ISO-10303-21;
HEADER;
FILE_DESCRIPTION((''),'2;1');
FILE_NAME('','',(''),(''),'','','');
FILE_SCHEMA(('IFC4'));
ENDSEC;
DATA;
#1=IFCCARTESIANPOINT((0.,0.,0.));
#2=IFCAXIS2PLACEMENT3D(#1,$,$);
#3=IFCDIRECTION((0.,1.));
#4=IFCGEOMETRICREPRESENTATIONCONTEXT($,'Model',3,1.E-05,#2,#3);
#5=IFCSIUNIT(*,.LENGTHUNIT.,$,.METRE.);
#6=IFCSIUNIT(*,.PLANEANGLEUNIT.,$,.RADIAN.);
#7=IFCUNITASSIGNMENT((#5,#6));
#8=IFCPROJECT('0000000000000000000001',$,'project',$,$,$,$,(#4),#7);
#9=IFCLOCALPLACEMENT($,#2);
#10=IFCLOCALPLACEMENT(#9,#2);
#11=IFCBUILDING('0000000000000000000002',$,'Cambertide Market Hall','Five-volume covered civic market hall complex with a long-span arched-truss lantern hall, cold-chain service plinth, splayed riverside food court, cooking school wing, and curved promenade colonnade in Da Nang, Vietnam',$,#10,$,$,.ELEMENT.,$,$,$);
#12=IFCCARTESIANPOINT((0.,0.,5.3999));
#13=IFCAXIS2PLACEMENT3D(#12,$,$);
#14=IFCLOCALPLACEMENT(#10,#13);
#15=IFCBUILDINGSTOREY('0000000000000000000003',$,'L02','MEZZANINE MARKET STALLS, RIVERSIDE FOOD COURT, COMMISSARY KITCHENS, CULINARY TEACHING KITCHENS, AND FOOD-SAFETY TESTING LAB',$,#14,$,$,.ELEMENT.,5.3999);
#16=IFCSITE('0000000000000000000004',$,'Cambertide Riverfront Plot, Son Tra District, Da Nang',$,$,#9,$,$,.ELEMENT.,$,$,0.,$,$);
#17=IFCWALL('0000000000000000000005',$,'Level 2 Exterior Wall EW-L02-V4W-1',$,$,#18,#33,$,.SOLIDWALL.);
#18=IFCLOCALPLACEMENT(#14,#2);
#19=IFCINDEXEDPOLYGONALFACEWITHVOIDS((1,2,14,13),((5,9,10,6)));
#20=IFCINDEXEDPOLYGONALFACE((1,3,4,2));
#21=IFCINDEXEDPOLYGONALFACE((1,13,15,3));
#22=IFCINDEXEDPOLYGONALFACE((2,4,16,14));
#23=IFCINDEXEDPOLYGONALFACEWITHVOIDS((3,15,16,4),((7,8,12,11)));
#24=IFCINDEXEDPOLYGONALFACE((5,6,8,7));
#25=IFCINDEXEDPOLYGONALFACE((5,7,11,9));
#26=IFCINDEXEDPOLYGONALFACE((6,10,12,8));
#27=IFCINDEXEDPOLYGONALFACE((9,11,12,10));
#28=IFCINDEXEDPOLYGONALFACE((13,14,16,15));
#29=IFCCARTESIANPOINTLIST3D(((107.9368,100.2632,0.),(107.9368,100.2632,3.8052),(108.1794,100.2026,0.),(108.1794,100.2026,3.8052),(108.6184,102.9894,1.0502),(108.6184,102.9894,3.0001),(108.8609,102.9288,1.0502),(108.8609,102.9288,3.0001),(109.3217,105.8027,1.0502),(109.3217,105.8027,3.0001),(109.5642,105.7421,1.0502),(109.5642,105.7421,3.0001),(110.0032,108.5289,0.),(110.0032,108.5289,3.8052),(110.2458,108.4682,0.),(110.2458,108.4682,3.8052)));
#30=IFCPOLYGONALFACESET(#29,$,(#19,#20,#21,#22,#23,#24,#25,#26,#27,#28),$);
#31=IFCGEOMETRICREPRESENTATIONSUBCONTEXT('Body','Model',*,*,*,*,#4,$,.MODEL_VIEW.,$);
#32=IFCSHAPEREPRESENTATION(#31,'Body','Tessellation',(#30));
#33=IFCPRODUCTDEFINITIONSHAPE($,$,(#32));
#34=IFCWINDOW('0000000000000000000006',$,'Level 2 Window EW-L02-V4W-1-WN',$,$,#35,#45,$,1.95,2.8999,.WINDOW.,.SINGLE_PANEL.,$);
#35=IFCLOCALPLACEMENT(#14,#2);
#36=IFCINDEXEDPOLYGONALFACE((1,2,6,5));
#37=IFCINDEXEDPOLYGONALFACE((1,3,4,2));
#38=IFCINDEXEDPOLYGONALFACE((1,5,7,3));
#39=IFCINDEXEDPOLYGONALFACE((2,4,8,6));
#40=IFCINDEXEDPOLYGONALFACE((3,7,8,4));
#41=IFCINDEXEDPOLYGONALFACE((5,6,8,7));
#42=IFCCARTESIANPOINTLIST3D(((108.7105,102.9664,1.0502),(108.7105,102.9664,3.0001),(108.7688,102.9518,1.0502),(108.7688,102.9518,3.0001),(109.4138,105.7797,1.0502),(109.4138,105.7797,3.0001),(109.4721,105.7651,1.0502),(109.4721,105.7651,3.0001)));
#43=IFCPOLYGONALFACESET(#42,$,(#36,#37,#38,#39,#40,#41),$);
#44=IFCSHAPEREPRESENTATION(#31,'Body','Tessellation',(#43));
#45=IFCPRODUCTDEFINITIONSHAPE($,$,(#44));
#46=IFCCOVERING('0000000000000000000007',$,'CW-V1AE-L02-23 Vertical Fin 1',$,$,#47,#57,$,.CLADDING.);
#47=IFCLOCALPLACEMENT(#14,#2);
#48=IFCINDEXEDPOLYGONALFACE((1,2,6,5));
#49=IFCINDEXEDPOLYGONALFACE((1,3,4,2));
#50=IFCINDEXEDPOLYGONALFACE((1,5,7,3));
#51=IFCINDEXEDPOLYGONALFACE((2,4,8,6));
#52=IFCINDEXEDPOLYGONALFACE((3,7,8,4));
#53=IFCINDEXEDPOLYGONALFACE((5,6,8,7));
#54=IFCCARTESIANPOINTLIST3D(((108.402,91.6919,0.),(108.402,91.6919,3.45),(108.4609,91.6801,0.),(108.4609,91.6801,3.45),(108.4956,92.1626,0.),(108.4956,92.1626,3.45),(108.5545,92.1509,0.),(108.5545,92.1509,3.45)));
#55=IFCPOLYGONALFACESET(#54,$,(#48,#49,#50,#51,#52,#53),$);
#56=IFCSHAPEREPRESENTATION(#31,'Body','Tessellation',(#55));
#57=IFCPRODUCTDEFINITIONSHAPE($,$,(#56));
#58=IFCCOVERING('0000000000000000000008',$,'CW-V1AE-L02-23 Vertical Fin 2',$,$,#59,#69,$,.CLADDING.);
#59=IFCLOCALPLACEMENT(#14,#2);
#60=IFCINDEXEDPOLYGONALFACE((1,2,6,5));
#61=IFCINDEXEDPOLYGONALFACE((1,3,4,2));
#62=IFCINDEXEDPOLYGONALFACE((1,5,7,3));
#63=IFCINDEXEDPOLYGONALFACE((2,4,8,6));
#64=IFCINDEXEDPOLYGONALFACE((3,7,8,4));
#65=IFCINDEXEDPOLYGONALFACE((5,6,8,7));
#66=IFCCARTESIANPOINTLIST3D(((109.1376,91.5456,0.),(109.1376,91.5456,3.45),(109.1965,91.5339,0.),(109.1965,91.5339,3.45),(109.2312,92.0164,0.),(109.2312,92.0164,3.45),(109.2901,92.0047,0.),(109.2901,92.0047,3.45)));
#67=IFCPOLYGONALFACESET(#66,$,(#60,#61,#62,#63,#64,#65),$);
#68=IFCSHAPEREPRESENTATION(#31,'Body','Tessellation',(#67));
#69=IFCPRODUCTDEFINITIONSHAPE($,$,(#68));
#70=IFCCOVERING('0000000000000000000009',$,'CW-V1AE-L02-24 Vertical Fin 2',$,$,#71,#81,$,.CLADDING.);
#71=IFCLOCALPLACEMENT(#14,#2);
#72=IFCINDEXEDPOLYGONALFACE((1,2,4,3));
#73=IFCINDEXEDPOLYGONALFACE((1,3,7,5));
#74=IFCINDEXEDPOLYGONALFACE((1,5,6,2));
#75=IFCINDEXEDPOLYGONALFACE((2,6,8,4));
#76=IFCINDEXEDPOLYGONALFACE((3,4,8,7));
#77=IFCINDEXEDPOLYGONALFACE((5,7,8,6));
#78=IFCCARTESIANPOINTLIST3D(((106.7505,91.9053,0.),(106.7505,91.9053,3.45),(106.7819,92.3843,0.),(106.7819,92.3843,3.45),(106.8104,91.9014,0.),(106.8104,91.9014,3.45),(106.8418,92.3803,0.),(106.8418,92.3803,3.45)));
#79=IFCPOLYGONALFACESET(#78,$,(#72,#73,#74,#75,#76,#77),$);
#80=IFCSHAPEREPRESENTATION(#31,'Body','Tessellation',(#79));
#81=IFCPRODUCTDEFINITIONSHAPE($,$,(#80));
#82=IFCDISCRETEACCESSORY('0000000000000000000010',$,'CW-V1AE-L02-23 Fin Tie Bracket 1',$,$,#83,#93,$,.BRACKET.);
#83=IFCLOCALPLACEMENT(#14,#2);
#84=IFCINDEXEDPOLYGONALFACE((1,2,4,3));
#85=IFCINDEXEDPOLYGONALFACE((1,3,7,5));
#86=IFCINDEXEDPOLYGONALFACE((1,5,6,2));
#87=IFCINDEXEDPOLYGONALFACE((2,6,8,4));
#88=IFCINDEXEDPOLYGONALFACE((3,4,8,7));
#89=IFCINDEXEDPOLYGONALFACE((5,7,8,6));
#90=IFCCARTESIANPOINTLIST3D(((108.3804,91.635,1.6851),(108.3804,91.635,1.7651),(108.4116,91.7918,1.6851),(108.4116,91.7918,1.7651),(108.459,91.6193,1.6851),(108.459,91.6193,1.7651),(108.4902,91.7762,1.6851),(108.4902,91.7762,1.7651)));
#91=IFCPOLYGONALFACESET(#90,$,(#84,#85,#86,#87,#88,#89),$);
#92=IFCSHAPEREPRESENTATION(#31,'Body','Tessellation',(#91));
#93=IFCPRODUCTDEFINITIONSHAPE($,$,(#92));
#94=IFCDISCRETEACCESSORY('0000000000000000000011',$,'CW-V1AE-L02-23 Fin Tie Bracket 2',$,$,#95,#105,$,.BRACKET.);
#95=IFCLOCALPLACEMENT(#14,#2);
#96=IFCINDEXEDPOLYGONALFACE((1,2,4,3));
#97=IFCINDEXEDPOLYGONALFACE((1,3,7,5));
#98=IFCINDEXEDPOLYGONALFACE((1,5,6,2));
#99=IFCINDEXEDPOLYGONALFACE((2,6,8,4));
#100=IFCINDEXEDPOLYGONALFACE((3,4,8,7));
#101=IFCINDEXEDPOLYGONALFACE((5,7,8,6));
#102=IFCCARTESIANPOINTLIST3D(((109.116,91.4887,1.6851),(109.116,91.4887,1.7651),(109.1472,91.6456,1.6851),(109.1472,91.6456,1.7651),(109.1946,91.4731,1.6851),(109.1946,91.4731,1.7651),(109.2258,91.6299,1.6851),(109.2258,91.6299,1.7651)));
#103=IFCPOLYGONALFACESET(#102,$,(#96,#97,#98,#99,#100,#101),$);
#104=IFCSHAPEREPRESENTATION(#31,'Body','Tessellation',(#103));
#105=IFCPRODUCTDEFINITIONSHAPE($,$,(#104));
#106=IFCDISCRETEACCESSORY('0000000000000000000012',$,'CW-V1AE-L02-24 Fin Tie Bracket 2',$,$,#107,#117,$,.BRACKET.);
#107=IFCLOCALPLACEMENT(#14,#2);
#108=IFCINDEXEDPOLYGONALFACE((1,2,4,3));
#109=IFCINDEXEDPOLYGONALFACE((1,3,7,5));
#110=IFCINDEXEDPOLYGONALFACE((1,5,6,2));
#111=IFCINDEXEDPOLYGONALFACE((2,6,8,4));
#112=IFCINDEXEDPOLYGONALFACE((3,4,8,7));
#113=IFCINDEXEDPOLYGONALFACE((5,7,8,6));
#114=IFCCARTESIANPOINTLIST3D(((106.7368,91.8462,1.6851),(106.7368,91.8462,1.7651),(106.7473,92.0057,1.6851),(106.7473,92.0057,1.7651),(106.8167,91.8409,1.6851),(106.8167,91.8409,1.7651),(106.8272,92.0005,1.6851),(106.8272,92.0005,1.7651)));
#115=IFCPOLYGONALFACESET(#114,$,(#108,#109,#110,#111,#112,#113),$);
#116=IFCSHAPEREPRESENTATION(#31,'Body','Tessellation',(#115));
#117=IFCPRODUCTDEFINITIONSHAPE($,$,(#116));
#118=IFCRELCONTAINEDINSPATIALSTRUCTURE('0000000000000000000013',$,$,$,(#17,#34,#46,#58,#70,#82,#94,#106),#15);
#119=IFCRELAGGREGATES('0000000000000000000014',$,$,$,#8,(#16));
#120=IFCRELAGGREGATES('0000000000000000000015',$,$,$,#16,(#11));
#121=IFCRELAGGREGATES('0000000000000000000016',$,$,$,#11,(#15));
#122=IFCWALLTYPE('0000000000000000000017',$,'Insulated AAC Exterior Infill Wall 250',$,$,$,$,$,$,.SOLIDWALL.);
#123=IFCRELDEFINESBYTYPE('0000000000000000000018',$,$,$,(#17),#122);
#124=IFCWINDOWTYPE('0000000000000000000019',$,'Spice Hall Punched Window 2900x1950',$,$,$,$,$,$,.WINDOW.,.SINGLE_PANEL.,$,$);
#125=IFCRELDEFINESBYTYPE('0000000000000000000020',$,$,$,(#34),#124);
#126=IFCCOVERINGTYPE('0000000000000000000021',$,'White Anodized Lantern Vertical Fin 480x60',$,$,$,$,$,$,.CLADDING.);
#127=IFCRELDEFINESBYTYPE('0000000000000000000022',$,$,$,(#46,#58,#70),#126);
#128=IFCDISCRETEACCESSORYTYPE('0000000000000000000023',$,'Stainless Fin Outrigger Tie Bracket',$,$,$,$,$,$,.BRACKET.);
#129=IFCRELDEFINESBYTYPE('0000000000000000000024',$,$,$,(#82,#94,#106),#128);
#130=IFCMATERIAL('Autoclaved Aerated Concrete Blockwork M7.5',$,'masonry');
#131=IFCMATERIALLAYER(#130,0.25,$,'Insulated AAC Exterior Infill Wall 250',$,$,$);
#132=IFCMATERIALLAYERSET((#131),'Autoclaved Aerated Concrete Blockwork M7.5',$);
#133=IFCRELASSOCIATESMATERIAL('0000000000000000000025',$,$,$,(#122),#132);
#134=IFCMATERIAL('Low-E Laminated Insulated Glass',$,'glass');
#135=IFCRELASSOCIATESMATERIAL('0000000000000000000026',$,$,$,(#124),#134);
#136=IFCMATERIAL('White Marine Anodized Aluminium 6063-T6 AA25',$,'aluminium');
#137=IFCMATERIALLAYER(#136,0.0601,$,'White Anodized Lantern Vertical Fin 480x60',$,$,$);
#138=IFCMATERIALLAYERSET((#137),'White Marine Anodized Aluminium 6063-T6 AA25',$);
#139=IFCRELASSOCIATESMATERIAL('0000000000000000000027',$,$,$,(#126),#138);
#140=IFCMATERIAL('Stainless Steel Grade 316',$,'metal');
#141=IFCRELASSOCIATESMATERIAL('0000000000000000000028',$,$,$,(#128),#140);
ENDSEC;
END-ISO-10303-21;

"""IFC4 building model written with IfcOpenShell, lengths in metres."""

from ifc_helpers import new_model, si_unit, direction, frame, frame_2d, origin, origin_2d, place, context, subcontext, project, spatial, rectangle, extrude, material, layer, layer_set, type_object, element, fill, save


model = new_model("IFC4")

# Units and contexts
model_context = context("Model", 3, precision=1e-05, world=origin(), true_north=direction((0.0, 1.0)))
body_context = subcontext(model_context, "Body", "Model", "MODEL_VIEW")
ifc_project = project(units=[si_unit("LENGTHUNIT", "METRE"), si_unit("PLANEANGLEUNIT", "RADIAN")], contexts=[model_context])

# Site, building, storey
site_placement = place(None, origin())
site = spatial("IfcSite", under=ifc_project, at=site_placement, Name="Cambertide Riverfront Plot, Son Tra District, Da Nang", CompositionType="ELEMENT", RefElevation=0.0)
building_placement = place(site_placement, origin())
building = spatial("IfcBuilding", under=site, at=building_placement, Name="Cambertide Market Hall", Description="Five-volume covered civic market hall complex with a long-span arched-truss lantern hall, cold-chain service plinth, splayed riverside food court, cooking school wing, and curved promenade colonnade in Da Nang, Vietnam", CompositionType="ELEMENT")
storey_placement = place(building_placement, frame((0.0, 0.0, 5.3999)))
storey = spatial("IfcBuildingStorey", under=building, at=storey_placement, Name="L02", Description="MEZZANINE MARKET STALLS, RIVERSIDE FOOD COURT, COMMISSARY KITCHENS, CULINARY TEACHING KITCHENS, AND FOOD-SAFETY TESTING LAB", CompositionType="ELEMENT", Elevation=5.3999)

# Wall, opening, window
ifc_material_1 = material(Name="Autoclaved Aerated Concrete Blockwork M7.5", Category="masonry")
ifc_layer_1 = layer(ifc_material_1, 0.25, Name="Insulated AAC Exterior Infill Wall 250")
ifc_layer_set_1 = layer_set([ifc_layer_1], Name="Autoclaved Aerated Concrete Blockwork M7.5")
wall_type = type_object("IfcWallType", Name="Insulated AAC Exterior Infill Wall 250", PredefinedType="SOLIDWALL", material=ifc_layer_set_1)
wall_placement = place(storey_placement, frame((108.0581, 100.2329, 0.0), z_axis=(0.0, 0.0, 1.0), x_axis=(0.242536, 0.970143, 0.0)))
wall = element("IfcWall", 1, at=wall_placement, inside=storey, type_object=wall_type, Name="Level 2 Exterior Wall EW-L02-V4W-1", PredefinedType="SOLIDWALL", context=body_context, shape_type="SweptSolid", body=[
    extrude(rectangle(XDim=8.52, YDim=0.25, at=frame_2d((4.26, 0.0))), origin(), (0.0, 0.0, 1.0), 3.8052),
])
opening_placement = place(wall_placement, frame((2.8101, 0.0, 1.05)))
opening = element("IfcOpeningElement", 2, at=opening_placement, cuts=wall, PredefinedType="OPENING", context=body_context, shape_type="SweptSolid", body=[
    extrude(rectangle(XDim=2.8999, YDim=1.95, at=frame_2d((1.45, 0.9751))), frame((0.0, 0.135, 0.0), z_axis=(0.0, -1.0, 0.0), x_axis=(1.0, 0.0, 0.0)), (0.0, 0.0, 1.0), 0.27),
])
ifc_material_2 = material(Name="Low-E Laminated Insulated Glass", Category="glass")
window_type = type_object("IfcWindowType", Name="Spice Hall Punched Window 2900x1950", PartitioningType="SINGLE_PANEL", PredefinedType="WINDOW", material=ifc_material_2)
window_placement = place(opening_placement, origin())
window = element("IfcWindow", 3, at=window_placement, inside=storey, type_object=window_type, Name="Level 2 Window EW-L02-V4W-1-WN", OverallHeight=1.95, OverallWidth=2.8999, PartitioningType="SINGLE_PANEL", PredefinedType="WINDOW", context=body_context, shape_type="SweptSolid", body=[
    extrude(rectangle(XDim=2.8999, YDim=1.95, at=frame_2d((1.45, 0.9751))), frame((0.0, 0.03, 0.0), z_axis=(0.0, -1.0, 0.0), x_axis=(1.0, 0.0, 0.0)), (0.0, 0.0, 1.0), 0.0601),
])
fill(opening, window)

# Coverings
ifc_material_3 = material(Name="White Marine Anodized Aluminium 6063-T6 AA25", Category="aluminium")
ifc_layer_2 = layer(ifc_material_3, 0.0601, Name="White Anodized Lantern Vertical Fin 480x60")
ifc_layer_set_2 = layer_set([ifc_layer_2], Name="White Marine Anodized Aluminium 6063-T6 AA25")
covering_type = type_object("IfcCoveringType", Name="White Anodized Lantern Vertical Fin 480x60", PredefinedType="CLADDING", material=ifc_layer_set_2)
for number, where, z_axis, x_axis, name in (
    (4, (108.4783, 91.9214, 0.0), (0.0, 0.0, 1.0), (0.980785, -0.19509, 0.0), "CW-V1AE-L02-23 Vertical Fin 1"),
    (5, (109.2139, 91.7751, 0.0), (0.0, 0.0, 1.0), (0.980785, -0.19509, 0.0), "CW-V1AE-L02-23 Vertical Fin 2"),
    (6, (106.7961, 92.1428, 0.0), (0.0, 0.0, 1.0), (0.997859, -0.065403, 0.0), "CW-V1AE-L02-24 Vertical Fin 2"),
):
    element("IfcCovering", number, at=place(storey_placement, frame(where, z_axis=z_axis, x_axis=x_axis)), inside=storey, type_object=covering_type, Name=name, PredefinedType="CLADDING", context=body_context, shape_type="SweptSolid", body=[
        extrude(rectangle(XDim=0.0601, YDim=0.48, at=origin_2d()), origin(), (0.0, 0.0, 1.0), 3.45),
    ])

# Discrete accessories
ifc_material_4 = material(Name="Stainless Steel Grade 316", Category="metal")
discrete_accessory_type = type_object("IfcDiscreteAccessoryType", Name="Stainless Fin Outrigger Tie Bracket", PredefinedType="BRACKET", material=ifc_material_4)
for number, where, z_axis, x_axis, name in (
    (7, (108.4353, 91.7056, 1.6851), (0.0, 0.0, 1.0), (0.980785, -0.19509, 0.0), "CW-V1AE-L02-23 Fin Tie Bracket 1"),
    (8, (109.1709, 91.5593, 1.6851), (0.0, 0.0, 1.0), (0.980785, -0.19509, 0.0), "CW-V1AE-L02-23 Fin Tie Bracket 2"),
    (9, (106.782, 91.9233, 1.6851), (0.0, 0.0, 1.0), (0.997859, -0.065403, 0.0), "CW-V1AE-L02-24 Fin Tie Bracket 2"),
):
    element("IfcDiscreteAccessory", number, at=place(storey_placement, frame(where, z_axis=z_axis, x_axis=x_axis)), inside=storey, type_object=discrete_accessory_type, Name=name, PredefinedType="BRACKET", context=body_context, shape_type="SweptSolid", body=[
        extrude(rectangle(XDim=0.0801, YDim=0.1599, at=origin_2d()), origin(), (0.0, 0.0, 1.0), 0.0801),
    ])

save(model, "model.ifc")
